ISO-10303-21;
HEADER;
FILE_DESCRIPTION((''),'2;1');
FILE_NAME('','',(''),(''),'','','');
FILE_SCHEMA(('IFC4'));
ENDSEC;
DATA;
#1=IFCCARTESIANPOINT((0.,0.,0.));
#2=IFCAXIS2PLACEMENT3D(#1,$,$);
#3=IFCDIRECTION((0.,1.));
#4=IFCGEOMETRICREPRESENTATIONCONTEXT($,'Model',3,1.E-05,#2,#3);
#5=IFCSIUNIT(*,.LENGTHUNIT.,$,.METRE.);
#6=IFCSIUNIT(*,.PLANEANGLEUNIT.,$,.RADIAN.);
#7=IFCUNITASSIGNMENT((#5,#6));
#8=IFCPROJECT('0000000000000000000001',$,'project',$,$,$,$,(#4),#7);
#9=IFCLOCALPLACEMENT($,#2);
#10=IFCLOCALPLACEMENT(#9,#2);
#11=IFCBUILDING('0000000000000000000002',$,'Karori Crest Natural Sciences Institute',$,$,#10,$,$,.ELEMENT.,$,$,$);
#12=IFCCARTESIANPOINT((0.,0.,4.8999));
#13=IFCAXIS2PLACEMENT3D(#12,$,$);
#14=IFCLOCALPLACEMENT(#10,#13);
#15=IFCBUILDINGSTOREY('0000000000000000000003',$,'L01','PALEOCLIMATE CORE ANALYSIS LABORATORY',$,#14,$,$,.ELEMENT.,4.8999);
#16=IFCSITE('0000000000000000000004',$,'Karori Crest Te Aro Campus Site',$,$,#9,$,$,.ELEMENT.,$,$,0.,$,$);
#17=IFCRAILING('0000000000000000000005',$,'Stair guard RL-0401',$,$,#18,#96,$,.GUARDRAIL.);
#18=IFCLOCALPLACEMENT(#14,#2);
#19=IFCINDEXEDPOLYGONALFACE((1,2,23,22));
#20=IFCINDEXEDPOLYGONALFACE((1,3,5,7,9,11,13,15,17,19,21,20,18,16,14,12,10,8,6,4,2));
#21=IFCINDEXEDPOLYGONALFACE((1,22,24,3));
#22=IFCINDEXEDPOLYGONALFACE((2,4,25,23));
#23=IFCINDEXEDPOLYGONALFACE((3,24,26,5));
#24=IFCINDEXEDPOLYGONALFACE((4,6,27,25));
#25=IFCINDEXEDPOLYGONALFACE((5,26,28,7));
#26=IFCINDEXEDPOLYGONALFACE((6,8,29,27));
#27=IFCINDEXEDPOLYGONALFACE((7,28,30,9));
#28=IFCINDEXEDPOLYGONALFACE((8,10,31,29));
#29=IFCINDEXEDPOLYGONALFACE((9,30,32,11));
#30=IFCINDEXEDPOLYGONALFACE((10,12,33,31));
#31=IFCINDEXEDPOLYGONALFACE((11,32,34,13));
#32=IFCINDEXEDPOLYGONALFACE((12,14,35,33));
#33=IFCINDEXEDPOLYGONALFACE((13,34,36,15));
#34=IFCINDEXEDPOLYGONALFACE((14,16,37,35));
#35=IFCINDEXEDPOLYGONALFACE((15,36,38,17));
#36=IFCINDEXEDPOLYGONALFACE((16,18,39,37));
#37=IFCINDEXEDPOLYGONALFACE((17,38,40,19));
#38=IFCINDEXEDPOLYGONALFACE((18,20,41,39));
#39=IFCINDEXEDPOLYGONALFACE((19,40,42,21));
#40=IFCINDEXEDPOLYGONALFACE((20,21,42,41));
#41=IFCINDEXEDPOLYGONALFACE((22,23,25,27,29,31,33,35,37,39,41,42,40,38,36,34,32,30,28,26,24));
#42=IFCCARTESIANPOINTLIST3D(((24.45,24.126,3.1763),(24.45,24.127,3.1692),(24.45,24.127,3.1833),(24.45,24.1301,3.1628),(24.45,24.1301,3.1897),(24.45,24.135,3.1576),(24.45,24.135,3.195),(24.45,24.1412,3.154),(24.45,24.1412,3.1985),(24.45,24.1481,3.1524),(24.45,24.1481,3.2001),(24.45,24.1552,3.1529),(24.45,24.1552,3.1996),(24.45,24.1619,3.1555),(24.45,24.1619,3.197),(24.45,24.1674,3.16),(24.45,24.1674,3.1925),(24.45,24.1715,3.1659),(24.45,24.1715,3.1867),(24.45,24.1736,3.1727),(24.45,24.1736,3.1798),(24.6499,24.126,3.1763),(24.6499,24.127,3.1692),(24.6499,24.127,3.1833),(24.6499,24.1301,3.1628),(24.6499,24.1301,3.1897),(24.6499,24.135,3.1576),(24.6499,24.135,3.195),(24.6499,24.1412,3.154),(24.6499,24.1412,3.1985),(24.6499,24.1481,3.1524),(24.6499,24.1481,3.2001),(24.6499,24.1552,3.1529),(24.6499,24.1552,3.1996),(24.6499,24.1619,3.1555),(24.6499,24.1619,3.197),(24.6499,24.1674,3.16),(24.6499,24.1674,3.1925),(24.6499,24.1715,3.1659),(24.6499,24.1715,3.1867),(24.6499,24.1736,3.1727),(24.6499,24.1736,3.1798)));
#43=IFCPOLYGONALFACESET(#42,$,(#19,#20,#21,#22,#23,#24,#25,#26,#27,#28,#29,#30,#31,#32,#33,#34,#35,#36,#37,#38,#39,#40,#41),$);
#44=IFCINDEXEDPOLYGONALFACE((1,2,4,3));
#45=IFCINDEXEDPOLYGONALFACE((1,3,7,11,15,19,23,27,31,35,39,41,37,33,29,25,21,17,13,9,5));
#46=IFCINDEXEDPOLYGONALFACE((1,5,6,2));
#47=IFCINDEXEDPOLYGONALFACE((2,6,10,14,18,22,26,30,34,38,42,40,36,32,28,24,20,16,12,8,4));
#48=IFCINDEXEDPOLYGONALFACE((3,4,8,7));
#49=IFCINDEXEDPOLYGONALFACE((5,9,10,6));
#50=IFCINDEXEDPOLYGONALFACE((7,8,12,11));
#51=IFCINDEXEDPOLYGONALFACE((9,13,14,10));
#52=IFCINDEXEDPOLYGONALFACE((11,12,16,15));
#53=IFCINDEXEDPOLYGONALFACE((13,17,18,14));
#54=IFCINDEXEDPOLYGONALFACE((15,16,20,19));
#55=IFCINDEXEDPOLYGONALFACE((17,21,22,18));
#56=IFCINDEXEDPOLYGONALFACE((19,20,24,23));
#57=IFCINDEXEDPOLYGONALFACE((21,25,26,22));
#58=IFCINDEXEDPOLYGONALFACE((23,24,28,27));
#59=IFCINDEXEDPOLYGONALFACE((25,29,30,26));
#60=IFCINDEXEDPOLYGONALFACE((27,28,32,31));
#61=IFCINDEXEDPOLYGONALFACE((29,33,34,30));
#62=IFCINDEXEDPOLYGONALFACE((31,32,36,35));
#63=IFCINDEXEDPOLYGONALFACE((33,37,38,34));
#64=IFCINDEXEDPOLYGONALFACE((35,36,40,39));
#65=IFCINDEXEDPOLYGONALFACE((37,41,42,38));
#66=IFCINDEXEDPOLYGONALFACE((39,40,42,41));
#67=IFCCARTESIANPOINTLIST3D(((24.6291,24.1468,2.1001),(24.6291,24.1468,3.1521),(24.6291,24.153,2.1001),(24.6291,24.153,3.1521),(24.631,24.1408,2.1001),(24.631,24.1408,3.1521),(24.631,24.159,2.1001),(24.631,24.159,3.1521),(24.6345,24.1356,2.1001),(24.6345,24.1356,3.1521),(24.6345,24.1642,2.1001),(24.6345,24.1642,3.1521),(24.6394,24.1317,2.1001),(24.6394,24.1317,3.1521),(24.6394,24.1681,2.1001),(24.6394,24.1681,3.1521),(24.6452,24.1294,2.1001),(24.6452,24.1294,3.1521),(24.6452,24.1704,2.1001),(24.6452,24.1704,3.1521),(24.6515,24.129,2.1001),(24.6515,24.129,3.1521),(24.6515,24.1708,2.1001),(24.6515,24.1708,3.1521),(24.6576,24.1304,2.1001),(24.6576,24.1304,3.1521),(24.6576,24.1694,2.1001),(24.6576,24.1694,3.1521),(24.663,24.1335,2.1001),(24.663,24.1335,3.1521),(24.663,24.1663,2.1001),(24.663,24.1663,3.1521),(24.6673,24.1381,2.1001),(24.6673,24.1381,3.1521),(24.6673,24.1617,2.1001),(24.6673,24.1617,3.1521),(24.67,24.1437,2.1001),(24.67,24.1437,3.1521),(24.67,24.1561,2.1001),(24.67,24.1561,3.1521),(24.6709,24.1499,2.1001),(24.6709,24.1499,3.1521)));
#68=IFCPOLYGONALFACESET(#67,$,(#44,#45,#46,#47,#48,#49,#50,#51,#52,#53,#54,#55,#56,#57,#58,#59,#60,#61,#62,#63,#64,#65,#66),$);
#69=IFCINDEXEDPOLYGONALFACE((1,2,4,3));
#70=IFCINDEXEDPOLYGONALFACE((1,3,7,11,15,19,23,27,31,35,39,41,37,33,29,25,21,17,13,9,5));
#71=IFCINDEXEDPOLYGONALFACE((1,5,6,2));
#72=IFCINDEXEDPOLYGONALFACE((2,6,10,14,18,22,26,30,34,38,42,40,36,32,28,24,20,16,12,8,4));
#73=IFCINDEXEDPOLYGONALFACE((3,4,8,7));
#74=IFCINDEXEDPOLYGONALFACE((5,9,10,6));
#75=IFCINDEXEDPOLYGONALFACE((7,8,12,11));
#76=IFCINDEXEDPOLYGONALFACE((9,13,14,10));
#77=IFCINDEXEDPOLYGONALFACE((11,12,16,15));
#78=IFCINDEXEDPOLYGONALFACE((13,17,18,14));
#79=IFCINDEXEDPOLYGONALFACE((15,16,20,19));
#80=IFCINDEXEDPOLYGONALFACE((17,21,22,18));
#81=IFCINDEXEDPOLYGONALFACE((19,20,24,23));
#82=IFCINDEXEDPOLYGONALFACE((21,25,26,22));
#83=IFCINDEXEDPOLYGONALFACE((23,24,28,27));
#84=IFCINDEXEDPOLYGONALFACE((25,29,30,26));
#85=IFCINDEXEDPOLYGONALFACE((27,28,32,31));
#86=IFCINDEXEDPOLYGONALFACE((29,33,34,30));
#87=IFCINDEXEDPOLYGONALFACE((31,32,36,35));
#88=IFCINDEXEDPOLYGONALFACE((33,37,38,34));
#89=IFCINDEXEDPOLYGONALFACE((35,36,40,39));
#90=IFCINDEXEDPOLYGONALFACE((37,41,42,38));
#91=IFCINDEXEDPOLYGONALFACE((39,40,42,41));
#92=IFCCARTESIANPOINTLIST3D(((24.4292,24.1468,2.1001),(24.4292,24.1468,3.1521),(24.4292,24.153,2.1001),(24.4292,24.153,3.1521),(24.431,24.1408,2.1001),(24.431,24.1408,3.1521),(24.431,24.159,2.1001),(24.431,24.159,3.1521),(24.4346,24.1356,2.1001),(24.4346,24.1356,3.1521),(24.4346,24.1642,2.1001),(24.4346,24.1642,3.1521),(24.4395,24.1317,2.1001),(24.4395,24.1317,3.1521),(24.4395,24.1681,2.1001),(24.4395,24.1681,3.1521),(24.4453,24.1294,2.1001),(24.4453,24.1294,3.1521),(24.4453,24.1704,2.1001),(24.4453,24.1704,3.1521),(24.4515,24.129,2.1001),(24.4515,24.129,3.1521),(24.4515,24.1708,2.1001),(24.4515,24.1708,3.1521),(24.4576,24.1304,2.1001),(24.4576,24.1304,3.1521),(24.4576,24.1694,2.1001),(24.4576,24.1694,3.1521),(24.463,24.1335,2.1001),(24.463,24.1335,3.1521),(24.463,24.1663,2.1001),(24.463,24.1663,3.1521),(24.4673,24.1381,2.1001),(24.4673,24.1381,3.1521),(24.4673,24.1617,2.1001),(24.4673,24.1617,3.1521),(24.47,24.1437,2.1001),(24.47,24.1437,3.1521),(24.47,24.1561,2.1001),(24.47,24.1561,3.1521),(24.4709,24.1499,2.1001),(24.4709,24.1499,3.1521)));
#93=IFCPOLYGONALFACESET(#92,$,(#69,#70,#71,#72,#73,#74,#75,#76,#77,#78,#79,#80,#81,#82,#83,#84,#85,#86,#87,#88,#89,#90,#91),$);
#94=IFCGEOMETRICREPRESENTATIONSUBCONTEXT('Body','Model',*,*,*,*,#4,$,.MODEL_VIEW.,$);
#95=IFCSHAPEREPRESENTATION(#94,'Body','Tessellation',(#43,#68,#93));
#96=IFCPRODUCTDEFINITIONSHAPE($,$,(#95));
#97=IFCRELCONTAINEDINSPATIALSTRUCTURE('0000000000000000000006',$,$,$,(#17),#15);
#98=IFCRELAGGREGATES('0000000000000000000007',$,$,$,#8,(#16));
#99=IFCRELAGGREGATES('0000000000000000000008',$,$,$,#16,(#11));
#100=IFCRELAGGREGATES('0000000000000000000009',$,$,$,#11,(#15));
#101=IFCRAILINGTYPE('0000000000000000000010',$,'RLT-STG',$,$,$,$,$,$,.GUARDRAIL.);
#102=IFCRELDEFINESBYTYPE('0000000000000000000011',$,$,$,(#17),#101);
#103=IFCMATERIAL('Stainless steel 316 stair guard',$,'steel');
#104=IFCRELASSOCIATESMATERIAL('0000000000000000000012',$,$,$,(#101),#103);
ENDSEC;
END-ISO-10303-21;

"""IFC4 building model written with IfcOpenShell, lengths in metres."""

from ifc_helpers import new_model, si_unit, direction, frame, origin, origin_2d, place, context, subcontext, project, spatial, circle, extrude, material, type_object, element, save


model = new_model("IFC4")

# Units and contexts
model_context = context("Model", 3, precision=1e-05, world=origin(), true_north=direction((0.0, 1.0)))
body_context = subcontext(model_context, "Body", "Model", "MODEL_VIEW")
ifc_project = project(units=[si_unit("LENGTHUNIT", "METRE"), si_unit("PLANEANGLEUNIT", "RADIAN")], contexts=[model_context])

# Site, building, storey
site_placement = place(None, origin())
site = spatial("IfcSite", under=ifc_project, at=site_placement, Name="Karori Crest Te Aro Campus Site", CompositionType="ELEMENT", RefElevation=0.0)
building_placement = place(site_placement, origin())
building = spatial("IfcBuilding", under=site, at=building_placement, Name="Karori Crest Natural Sciences Institute", CompositionType="ELEMENT")
storey_placement = place(building_placement, frame((0.0, 0.0, 4.8999)))
storey = spatial("IfcBuildingStorey", under=building, at=storey_placement, Name="L01", Description="PALEOCLIMATE CORE ANALYSIS LABORATORY", CompositionType="ELEMENT", Elevation=4.8999)

# Railing
ifc_material_1 = material(Name="Stainless steel 316 stair guard", Category="steel")
railing_type_1 = type_object("IfcRailingType", Name="RLT-STG", PredefinedType="GUARDRAIL", material=ifc_material_1)
railing_1_placement = place(storey_placement, frame((24.6499, 24.1499, 2.1001)))
element("IfcRailing", 1, at=railing_1_placement, inside=storey, type_object=railing_type_1, Name="Stair guard RL-0401", PredefinedType="GUARDRAIL", context=body_context, shape_type="SweptSolid", body=[
    extrude(circle(Radius=0.0239, at=origin_2d()), frame((0.0, 0.0, 1.0762), z_axis=(-1.0, 0.0, 0.0), x_axis=(0.0, -1.0, 0.0)), (0.0, 0.0, 1.0), 0.2),
    extrude(circle(Radius=0.021, at=origin_2d()), origin(), (0.0, 0.0, 1.0), 1.052),
    extrude(circle(Radius=0.021, at=origin_2d()), frame((-0.2, 0.0, 0.0)), (0.0, 0.0, 1.0), 1.052),
])

save(model, "model.ifc")
